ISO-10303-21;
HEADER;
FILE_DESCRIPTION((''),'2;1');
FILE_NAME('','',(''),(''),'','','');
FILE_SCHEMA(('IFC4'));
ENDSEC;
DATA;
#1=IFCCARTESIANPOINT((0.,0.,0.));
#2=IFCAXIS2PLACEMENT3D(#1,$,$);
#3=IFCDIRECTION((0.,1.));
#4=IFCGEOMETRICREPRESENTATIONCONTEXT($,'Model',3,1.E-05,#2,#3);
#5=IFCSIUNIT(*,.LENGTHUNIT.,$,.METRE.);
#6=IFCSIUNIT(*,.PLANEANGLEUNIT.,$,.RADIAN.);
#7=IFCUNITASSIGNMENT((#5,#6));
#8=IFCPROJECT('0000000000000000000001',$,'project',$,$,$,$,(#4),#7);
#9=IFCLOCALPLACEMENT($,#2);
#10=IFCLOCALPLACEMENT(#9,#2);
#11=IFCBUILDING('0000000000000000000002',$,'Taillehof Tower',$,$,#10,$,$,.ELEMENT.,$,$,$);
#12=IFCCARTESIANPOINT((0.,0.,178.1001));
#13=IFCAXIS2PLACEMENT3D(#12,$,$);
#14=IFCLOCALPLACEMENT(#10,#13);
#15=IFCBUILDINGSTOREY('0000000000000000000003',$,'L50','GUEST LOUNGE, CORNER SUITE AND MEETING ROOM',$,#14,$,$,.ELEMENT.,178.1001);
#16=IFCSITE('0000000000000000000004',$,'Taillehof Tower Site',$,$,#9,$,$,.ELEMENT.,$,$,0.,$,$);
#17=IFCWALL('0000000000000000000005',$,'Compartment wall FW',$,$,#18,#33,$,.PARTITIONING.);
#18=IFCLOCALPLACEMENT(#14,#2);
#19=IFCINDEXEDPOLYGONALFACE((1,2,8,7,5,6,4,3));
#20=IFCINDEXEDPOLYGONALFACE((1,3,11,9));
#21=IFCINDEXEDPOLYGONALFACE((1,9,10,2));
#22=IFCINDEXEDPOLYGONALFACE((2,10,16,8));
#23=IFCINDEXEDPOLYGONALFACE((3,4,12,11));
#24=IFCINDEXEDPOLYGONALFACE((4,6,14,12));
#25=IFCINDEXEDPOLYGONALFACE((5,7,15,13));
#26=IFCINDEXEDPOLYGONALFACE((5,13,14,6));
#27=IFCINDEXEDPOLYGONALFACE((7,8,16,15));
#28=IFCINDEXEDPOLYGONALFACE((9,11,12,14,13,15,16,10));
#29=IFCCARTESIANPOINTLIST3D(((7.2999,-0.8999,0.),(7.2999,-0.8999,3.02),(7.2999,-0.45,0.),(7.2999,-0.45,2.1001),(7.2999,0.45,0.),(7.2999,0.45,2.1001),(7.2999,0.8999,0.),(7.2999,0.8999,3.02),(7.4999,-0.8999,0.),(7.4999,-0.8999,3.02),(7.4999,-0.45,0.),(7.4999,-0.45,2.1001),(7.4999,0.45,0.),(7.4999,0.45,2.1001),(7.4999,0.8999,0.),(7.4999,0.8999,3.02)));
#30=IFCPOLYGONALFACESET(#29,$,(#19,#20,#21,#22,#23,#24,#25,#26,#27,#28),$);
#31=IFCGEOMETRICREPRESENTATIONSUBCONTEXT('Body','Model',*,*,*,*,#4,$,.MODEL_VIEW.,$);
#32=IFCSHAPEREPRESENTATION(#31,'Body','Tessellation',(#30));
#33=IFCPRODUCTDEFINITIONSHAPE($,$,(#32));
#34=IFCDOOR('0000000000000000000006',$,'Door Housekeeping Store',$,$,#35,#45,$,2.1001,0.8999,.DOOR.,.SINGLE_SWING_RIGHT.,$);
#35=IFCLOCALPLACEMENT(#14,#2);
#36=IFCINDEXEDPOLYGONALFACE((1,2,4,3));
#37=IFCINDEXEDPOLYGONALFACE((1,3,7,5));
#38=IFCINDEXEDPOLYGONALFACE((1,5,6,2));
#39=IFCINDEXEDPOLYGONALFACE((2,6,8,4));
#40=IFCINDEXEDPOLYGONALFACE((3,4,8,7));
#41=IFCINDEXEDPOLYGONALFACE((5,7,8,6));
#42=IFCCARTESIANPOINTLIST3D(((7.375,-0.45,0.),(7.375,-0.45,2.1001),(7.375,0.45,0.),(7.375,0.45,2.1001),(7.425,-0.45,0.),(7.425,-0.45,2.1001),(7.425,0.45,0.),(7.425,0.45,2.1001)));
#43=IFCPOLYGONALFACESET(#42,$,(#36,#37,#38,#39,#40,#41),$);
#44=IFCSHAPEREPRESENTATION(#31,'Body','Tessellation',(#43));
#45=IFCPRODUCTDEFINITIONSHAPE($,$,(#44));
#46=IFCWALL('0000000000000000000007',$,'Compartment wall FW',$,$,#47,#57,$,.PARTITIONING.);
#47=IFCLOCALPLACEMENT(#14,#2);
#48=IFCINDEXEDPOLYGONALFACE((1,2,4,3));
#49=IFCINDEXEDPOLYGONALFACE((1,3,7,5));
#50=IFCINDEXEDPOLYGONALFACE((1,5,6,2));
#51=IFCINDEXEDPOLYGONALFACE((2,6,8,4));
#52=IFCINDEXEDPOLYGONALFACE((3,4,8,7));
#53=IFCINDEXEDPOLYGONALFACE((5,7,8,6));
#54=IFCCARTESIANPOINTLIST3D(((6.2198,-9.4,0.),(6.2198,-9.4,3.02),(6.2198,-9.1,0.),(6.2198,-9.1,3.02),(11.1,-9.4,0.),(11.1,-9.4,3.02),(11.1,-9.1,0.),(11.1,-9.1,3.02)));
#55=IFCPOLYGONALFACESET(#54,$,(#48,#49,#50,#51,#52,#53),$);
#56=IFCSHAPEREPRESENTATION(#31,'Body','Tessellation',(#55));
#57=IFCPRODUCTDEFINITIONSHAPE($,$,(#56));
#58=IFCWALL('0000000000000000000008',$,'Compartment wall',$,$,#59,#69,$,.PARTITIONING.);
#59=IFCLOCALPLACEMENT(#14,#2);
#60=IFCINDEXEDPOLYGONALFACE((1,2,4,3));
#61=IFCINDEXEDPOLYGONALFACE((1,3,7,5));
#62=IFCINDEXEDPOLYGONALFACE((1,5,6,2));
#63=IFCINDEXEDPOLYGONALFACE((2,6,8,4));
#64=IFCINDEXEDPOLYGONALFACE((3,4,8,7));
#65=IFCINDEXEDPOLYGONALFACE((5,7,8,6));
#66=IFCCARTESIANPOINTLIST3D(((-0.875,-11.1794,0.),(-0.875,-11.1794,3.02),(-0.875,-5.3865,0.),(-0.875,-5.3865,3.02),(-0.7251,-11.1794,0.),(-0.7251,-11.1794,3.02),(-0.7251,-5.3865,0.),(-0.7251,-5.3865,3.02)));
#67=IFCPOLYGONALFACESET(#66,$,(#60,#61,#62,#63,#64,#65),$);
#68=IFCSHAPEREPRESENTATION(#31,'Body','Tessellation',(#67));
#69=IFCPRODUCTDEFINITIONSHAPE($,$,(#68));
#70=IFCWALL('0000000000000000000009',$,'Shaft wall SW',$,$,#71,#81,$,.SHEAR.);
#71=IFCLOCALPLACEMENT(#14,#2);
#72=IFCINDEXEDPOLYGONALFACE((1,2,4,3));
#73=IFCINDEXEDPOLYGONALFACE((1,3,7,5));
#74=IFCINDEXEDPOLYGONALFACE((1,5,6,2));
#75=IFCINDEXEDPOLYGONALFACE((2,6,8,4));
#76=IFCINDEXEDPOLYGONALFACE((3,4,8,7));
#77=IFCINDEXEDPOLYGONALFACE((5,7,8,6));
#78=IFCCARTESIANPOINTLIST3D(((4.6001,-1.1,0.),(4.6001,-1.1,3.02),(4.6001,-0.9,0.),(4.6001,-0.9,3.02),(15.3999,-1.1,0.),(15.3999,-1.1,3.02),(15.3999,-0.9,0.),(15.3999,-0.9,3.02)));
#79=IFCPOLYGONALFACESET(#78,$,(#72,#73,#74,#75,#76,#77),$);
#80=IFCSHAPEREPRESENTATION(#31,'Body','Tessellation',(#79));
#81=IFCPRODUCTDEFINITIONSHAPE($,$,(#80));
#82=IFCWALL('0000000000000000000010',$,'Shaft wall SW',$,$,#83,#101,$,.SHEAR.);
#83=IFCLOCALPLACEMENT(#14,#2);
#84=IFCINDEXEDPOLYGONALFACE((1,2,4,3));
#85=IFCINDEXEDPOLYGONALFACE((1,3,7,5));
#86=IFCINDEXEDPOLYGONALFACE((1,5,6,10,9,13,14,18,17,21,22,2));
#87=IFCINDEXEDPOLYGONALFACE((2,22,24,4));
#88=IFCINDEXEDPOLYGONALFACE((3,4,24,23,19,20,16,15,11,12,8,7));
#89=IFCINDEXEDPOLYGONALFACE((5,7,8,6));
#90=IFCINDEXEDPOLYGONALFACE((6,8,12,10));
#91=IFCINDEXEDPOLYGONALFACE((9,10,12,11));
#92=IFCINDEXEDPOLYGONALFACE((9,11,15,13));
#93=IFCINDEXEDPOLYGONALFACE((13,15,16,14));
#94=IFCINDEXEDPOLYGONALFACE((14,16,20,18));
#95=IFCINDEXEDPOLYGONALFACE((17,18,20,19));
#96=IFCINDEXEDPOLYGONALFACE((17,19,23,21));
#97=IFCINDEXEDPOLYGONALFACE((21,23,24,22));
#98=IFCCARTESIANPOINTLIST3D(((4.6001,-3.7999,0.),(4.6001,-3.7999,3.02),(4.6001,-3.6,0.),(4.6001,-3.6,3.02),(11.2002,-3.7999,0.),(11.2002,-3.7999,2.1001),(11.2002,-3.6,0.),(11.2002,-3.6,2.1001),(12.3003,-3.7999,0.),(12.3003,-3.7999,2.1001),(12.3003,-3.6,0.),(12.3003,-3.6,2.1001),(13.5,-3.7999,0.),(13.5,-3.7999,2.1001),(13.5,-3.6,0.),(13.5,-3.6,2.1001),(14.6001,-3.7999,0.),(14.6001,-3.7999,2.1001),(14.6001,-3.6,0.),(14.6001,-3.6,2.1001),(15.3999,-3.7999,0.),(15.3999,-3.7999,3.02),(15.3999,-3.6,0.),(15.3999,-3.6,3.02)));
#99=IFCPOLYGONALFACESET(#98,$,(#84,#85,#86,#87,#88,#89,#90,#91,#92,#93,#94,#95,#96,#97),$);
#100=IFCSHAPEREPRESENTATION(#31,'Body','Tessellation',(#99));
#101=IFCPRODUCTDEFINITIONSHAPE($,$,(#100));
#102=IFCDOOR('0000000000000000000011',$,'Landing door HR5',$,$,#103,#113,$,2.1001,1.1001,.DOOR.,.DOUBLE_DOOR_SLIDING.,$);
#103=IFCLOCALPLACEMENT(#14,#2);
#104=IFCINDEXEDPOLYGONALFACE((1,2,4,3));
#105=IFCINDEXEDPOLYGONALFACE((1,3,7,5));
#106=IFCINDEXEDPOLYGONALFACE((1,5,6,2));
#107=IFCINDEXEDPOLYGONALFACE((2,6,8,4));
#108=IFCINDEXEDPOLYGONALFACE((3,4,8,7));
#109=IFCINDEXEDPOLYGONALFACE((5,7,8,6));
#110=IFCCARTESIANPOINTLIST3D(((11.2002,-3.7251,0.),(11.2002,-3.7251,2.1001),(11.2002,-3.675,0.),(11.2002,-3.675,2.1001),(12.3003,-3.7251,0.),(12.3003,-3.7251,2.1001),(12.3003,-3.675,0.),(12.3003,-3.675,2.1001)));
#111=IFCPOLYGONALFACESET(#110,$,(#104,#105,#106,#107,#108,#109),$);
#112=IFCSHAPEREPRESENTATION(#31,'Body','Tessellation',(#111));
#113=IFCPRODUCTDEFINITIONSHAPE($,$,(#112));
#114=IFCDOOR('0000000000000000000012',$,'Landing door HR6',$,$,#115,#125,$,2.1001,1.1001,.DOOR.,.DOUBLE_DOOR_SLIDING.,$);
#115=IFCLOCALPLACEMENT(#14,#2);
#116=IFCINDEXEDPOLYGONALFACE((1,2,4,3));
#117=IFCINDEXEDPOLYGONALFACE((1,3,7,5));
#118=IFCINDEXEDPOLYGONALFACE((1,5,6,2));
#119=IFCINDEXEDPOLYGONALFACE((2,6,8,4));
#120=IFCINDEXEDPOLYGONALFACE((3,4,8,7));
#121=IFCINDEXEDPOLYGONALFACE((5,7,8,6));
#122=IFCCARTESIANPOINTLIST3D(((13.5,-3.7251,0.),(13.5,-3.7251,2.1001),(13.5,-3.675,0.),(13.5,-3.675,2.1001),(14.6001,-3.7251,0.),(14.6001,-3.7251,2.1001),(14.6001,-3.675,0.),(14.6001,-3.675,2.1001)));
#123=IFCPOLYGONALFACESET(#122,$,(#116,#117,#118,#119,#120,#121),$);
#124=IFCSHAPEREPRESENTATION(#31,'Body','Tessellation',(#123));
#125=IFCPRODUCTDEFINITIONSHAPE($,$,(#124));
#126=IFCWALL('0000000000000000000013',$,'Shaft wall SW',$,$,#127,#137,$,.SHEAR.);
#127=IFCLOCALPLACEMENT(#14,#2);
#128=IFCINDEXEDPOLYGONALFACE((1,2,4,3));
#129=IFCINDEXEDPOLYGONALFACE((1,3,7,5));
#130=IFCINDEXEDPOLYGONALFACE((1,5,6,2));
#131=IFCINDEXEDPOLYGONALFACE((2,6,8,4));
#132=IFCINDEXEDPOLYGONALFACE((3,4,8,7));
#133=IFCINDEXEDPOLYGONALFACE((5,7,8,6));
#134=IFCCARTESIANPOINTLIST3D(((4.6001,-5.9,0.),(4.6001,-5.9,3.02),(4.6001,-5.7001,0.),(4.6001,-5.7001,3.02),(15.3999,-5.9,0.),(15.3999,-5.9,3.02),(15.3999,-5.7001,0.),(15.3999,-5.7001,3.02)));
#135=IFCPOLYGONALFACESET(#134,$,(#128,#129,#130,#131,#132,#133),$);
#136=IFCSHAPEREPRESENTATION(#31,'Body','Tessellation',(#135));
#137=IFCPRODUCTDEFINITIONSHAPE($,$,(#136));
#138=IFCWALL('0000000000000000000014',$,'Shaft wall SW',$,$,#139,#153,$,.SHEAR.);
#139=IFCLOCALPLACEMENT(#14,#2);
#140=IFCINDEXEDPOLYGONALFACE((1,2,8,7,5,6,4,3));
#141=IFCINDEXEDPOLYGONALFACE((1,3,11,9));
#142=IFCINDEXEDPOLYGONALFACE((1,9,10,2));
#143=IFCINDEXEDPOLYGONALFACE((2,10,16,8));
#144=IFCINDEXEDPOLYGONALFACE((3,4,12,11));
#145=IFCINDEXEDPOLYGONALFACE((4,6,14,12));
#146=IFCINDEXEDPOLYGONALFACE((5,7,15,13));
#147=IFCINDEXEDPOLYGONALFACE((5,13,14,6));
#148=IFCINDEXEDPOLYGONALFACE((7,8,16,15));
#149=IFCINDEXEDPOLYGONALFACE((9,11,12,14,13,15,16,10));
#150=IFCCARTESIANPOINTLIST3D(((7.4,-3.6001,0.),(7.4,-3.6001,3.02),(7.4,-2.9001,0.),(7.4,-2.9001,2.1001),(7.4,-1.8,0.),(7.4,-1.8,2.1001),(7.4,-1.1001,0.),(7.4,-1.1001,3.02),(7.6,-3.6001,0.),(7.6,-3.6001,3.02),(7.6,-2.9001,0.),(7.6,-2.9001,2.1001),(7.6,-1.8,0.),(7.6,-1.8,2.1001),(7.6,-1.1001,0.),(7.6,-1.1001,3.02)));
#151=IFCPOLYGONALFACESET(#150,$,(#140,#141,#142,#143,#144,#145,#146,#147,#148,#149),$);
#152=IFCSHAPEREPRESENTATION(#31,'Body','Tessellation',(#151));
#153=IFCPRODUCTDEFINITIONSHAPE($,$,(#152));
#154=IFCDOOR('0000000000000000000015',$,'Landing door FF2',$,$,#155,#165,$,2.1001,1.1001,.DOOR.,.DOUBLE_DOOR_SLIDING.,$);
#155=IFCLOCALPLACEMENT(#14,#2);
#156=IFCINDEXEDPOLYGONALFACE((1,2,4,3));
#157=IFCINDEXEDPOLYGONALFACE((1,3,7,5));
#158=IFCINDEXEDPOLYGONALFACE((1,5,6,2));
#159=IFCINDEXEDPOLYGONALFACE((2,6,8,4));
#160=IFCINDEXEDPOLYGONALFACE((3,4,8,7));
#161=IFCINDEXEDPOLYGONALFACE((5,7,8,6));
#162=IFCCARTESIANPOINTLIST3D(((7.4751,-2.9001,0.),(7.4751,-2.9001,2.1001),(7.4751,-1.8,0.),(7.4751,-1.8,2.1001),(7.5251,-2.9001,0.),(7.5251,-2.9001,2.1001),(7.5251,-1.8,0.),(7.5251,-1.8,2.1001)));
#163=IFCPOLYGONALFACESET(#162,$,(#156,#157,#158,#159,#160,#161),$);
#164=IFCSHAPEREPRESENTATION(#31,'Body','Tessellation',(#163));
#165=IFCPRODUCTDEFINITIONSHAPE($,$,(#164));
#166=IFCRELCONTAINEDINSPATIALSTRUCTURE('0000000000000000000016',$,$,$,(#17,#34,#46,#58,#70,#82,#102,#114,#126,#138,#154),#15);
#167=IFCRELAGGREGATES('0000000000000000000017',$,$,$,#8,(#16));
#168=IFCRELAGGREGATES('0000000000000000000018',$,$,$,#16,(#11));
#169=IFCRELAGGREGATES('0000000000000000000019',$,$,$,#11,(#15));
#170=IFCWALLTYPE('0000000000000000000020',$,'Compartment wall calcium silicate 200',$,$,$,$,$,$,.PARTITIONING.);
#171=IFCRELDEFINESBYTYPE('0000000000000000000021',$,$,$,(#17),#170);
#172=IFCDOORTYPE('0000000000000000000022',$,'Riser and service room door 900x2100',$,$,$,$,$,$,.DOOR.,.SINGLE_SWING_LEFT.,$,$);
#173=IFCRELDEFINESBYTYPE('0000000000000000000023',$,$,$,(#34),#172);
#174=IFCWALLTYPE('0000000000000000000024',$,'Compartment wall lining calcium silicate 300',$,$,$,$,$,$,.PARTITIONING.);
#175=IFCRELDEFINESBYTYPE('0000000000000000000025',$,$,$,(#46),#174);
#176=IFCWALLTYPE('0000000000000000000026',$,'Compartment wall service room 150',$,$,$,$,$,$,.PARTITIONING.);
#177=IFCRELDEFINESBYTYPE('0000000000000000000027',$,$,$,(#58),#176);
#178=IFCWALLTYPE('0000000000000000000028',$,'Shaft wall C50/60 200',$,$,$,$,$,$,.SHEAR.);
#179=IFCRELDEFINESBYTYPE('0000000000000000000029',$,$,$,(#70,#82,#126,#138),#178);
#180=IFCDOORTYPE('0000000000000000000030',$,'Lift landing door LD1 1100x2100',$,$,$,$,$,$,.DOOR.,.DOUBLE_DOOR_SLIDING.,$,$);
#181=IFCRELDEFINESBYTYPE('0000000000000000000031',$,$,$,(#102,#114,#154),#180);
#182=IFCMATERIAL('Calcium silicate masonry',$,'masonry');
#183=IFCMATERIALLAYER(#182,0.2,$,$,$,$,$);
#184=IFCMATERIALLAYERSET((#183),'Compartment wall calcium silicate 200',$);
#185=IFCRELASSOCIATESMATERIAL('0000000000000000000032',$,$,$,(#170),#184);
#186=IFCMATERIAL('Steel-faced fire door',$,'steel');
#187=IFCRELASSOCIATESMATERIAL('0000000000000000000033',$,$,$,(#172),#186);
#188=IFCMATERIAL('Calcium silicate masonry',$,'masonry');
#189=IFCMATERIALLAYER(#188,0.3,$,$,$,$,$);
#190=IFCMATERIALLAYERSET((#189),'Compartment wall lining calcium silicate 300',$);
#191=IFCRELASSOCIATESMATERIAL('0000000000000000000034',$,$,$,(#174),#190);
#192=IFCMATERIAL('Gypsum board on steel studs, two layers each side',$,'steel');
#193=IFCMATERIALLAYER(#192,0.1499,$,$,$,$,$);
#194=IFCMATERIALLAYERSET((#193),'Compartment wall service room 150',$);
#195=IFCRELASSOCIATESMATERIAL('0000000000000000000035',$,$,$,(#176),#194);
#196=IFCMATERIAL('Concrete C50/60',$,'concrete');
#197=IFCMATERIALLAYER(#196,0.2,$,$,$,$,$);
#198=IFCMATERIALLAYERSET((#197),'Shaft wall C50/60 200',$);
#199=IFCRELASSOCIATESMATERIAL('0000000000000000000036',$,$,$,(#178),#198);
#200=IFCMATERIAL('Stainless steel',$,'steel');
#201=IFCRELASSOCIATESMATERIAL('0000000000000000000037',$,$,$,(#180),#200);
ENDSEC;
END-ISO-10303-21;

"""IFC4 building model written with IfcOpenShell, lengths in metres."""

from ifc_helpers import new_model, si_unit, direction, frame, frame_2d, origin, place, context, subcontext, project, spatial, rectangle, extrude, material, layer, layer_set, type_object, element, fill, save


model = new_model("IFC4")

# Units and contexts
model_context = context("Model", 3, precision=1e-05, world=origin(), true_north=direction((0.0, 1.0)))
body_context = subcontext(model_context, "Body", "Model", "MODEL_VIEW")
ifc_project = project(units=[si_unit("LENGTHUNIT", "METRE"), si_unit("PLANEANGLEUNIT", "RADIAN")], contexts=[model_context])

# Site, building, storey
site_placement = place(None, origin())
site = spatial("IfcSite", under=ifc_project, at=site_placement, Name="Taillehof Tower Site", CompositionType="ELEMENT", RefElevation=0.0)
building_placement = place(site_placement, origin())
building = spatial("IfcBuilding", under=site, at=building_placement, Name="Taillehof Tower", CompositionType="ELEMENT")
storey_placement = place(building_placement, frame((0.0, 0.0, 178.1001)))
storey = spatial("IfcBuildingStorey", under=building, at=storey_placement, Name="L50", Description="GUEST LOUNGE, CORNER SUITE AND MEETING ROOM", CompositionType="ELEMENT", Elevation=178.1001)

# Wall, opening, door
ifc_material_1 = material(Name="Calcium silicate masonry", Category="masonry")
ifc_layer_1 = layer(ifc_material_1, 0.2)
ifc_layer_set_1 = layer_set([ifc_layer_1], Name="Compartment wall calcium silicate 200")
wall_type_1 = type_object("IfcWallType", Name="Compartment wall calcium silicate 200", PredefinedType="PARTITIONING", material=ifc_layer_set_1)
wall_1_placement = place(storey_placement, frame((7.3999, -0.8999, 0.0), z_axis=(0.0, 0.0, 1.0), x_axis=(0.0, 1.0, 0.0)))
wall_1 = element("IfcWall", 1, at=wall_1_placement, inside=storey, type_object=wall_type_1, Name="Compartment wall FW", PredefinedType="PARTITIONING", context=body_context, shape_type="SweptSolid", body=[
    extrude(rectangle(XDim=1.7998, YDim=0.2, at=frame_2d((0.8999, 0.0))), origin(), (0.0, 0.0, 1.0), 3.02),
])
opening_1_placement = place(wall_1_placement, frame((0.45, 0.0, 0.0)))
opening_1 = element("IfcOpeningElement", 2, at=opening_1_placement, cuts=wall_1, PredefinedType="OPENING", context=body_context, shape_type="SweptSolid", body=[
    extrude(rectangle(XDim=0.8999, YDim=2.1001, at=frame_2d((0.45, 1.05))), frame((0.0, 0.1099, 0.0), z_axis=(0.0, -1.0, 0.0), x_axis=(1.0, 0.0, 0.0)), (0.0, 0.0, 1.0), 0.22),
])
ifc_material_2 = material(Name="Steel-faced fire door", Category="steel")
door_type_1 = type_object("IfcDoorType", Name="Riser and service room door 900x2100", OperationType="SINGLE_SWING_LEFT", PredefinedType="DOOR", material=ifc_material_2)
door_1_placement = place(opening_1_placement, origin())
door_1 = element("IfcDoor", 3, at=door_1_placement, inside=storey, type_object=door_type_1, Name="Door Housekeeping Store", OperationType="SINGLE_SWING_RIGHT", OverallHeight=2.1001, OverallWidth=0.8999, PredefinedType="DOOR", context=body_context, shape_type="SweptSolid", body=[
    extrude(rectangle(XDim=0.8999, YDim=2.1001, at=frame_2d((0.45, 1.05))), frame((0.0, 0.0249, 0.0), z_axis=(0.0, -1.0, 0.0), x_axis=(1.0, 0.0, 0.0)), (0.0, 0.0, 1.0), 0.05),
])
fill(opening_1, door_1)

# Walls
ifc_material_3 = material(Name="Calcium silicate masonry", Category="masonry")
ifc_layer_2 = layer(ifc_material_3, 0.3)
ifc_layer_set_2 = layer_set([ifc_layer_2], Name="Compartment wall lining calcium silicate 300")
wall_type_2 = type_object("IfcWallType", Name="Compartment wall lining calcium silicate 300", PredefinedType="PARTITIONING", material=ifc_layer_set_2)
wall_2_placement = place(storey_placement, frame((6.22, -9.25, 0.0), z_axis=(0.0, 0.0, 1.0), x_axis=(1.0, 0.0, 0.0)))
element("IfcWall", 4, at=wall_2_placement, inside=storey, type_object=wall_type_2, Name="Compartment wall FW", PredefinedType="PARTITIONING", context=body_context, shape_type="SweptSolid", body=[
    extrude(rectangle(XDim=4.8801, YDim=0.3, at=frame_2d((2.4399, 0.0))), origin(), (0.0, 0.0, 1.0), 3.02),
])
ifc_material_4 = material(Name="Gypsum board on steel studs, two layers each side", Category="steel")
ifc_layer_3 = layer(ifc_material_4, 0.1499)
ifc_layer_set_3 = layer_set([ifc_layer_3], Name="Compartment wall service room 150")
wall_type_3 = type_object("IfcWallType", Name="Compartment wall service room 150", PredefinedType="PARTITIONING", material=ifc_layer_set_3)
wall_3_placement = place(storey_placement, frame((-0.8, -5.3865, 0.0), z_axis=(0.0, 0.0, 1.0), x_axis=(0.0, -1.0, 0.0)))
element("IfcWall", 5, at=wall_3_placement, inside=storey, type_object=wall_type_3, Name="Compartment wall", PredefinedType="PARTITIONING", context=body_context, shape_type="SweptSolid", body=[
    extrude(rectangle(XDim=5.793, YDim=0.1499, at=frame_2d((2.8965, 0.0))), origin(), (0.0, 0.0, 1.0), 3.02),
])
ifc_material_5 = material(Name="Concrete C50/60", Category="concrete")
ifc_layer_4 = layer(ifc_material_5, 0.2)
ifc_layer_set_4 = layer_set([ifc_layer_4], Name="Shaft wall C50/60 200")
wall_type_4 = type_object("IfcWallType", Name="Shaft wall C50/60 200", PredefinedType="SHEAR", material=ifc_layer_set_4)
wall_4_placement = place(storey_placement, frame((4.6001, -1.0, 0.0), z_axis=(0.0, 0.0, 1.0), x_axis=(1.0, 0.0, 0.0)))
element("IfcWall", 6, at=wall_4_placement, inside=storey, type_object=wall_type_4, Name="Shaft wall SW", PredefinedType="SHEAR", context=body_context, shape_type="SweptSolid", body=[
    extrude(rectangle(XDim=10.7998, YDim=0.2, at=frame_2d((5.3999, 0.0))), origin(), (0.0, 0.0, 1.0), 3.02),
])

# Wall, openings, doors
wall_5_placement = place(storey_placement, frame((4.6001, -3.7, 0.0), z_axis=(0.0, 0.0, 1.0), x_axis=(1.0, 0.0, 0.0)))
wall_5 = element("IfcWall", 7, at=wall_5_placement, inside=storey, type_object=wall_type_4, Name="Shaft wall SW", PredefinedType="SHEAR", context=body_context, shape_type="SweptSolid", body=[
    extrude(rectangle(XDim=10.7998, YDim=0.2, at=frame_2d((5.3999, 0.0))), origin(), (0.0, 0.0, 1.0), 3.02),
])
opening_2_placement = place(wall_5_placement, frame((6.6001, 0.0, 0.0)))
opening_2 = element("IfcOpeningElement", 8, at=opening_2_placement, cuts=wall_5, PredefinedType="OPENING", context=body_context, shape_type="SweptSolid", body=[
    extrude(rectangle(XDim=1.1001, YDim=2.1001, at=frame_2d((0.55, 1.05))), frame((0.0, 0.1099, 0.0), z_axis=(0.0, -1.0, 0.0), x_axis=(1.0, 0.0, 0.0)), (0.0, 0.0, 1.0), 0.22),
])
opening_3_placement = place(wall_5_placement, frame((8.8999, 0.0, 0.0)))
opening_3 = element("IfcOpeningElement", 9, at=opening_3_placement, cuts=wall_5, PredefinedType="OPENING", context=body_context, shape_type="SweptSolid", body=[
    extrude(rectangle(XDim=1.1001, YDim=2.1001, at=frame_2d((0.55, 1.05))), frame((0.0, 0.1099, 0.0), z_axis=(0.0, -1.0, 0.0), x_axis=(1.0, 0.0, 0.0)), (0.0, 0.0, 1.0), 0.22),
])
ifc_material_6 = material(Name="Stainless steel", Category="steel")
door_type_2 = type_object("IfcDoorType", Name="Lift landing door LD1 1100x2100", OperationType="DOUBLE_DOOR_SLIDING", PredefinedType="DOOR", material=ifc_material_6)
door_2_placement = place(opening_2_placement, origin())
door_2 = element("IfcDoor", 10, at=door_2_placement, inside=storey, type_object=door_type_2, Name="Landing door HR5", OperationType="DOUBLE_DOOR_SLIDING", OverallHeight=2.1001, OverallWidth=1.1001, PredefinedType="DOOR", context=body_context, shape_type="SweptSolid", body=[
    extrude(rectangle(XDim=1.1001, YDim=2.1001, at=frame_2d((0.55, 1.05))), frame((0.0, 0.0249, 0.0), z_axis=(0.0, -1.0, 0.0), x_axis=(1.0, 0.0, 0.0)), (0.0, 0.0, 1.0), 0.05),
])
fill(opening_2, door_2)
door_3_placement = place(opening_3_placement, origin())
door_3 = element("IfcDoor", 11, at=door_3_placement, inside=storey, type_object=door_type_2, Name="Landing door HR6", OperationType="DOUBLE_DOOR_SLIDING", OverallHeight=2.1001, OverallWidth=1.1001, PredefinedType="DOOR", context=body_context, shape_type="SweptSolid", body=[
    extrude(rectangle(XDim=1.1001, YDim=2.1001, at=frame_2d((0.55, 1.05))), frame((0.0, 0.0249, 0.0), z_axis=(0.0, -1.0, 0.0), x_axis=(1.0, 0.0, 0.0)), (0.0, 0.0, 1.0), 0.05),
])
fill(opening_3, door_3)

# Wall
wall_6_placement = place(storey_placement, frame((4.6001, -5.8, 0.0), z_axis=(0.0, 0.0, 1.0), x_axis=(1.0, 0.0, 0.0)))
element("IfcWall", 12, at=wall_6_placement, inside=storey, type_object=wall_type_4, Name="Shaft wall SW", PredefinedType="SHEAR", context=body_context, shape_type="SweptSolid", body=[
    extrude(rectangle(XDim=10.7998, YDim=0.2, at=frame_2d((5.3999, 0.0))), origin(), (0.0, 0.0, 1.0), 3.02),
])

# Wall, opening, door
wall_7_placement = place(storey_placement, frame((7.5, -3.6001, 0.0), z_axis=(0.0, 0.0, 1.0), x_axis=(0.0, 1.0, 0.0)))
wall_7 = element("IfcWall", 13, at=wall_7_placement, inside=storey, type_object=wall_type_4, Name="Shaft wall SW", PredefinedType="SHEAR", context=body_context, shape_type="SweptSolid", body=[
    extrude(rectangle(XDim=2.5, YDim=0.2, at=frame_2d((1.25, 0.0))), origin(), (0.0, 0.0, 1.0), 3.02),
])
opening_4_placement = place(wall_7_placement, frame((0.7, 0.0, 0.0)))
opening_4 = element("IfcOpeningElement", 14, at=opening_4_placement, cuts=wall_7, PredefinedType="OPENING", context=body_context, shape_type="SweptSolid", body=[
    extrude(rectangle(XDim=1.1001, YDim=2.1001, at=frame_2d((0.55, 1.05))), frame((0.0, 0.1099, 0.0), z_axis=(0.0, -1.0, 0.0), x_axis=(1.0, 0.0, 0.0)), (0.0, 0.0, 1.0), 0.22),
])
door_4_placement = place(opening_4_placement, origin())
door_4 = element("IfcDoor", 15, at=door_4_placement, inside=storey, type_object=door_type_2, Name="Landing door FF2", OperationType="DOUBLE_DOOR_SLIDING", OverallHeight=2.1001, OverallWidth=1.1001, PredefinedType="DOOR", context=body_context, shape_type="SweptSolid", body=[
    extrude(rectangle(XDim=1.1001, YDim=2.1001, at=frame_2d((0.55, 1.05))), frame((0.0, 0.0249, 0.0), z_axis=(0.0, -1.0, 0.0), x_axis=(1.0, 0.0, 0.0)), (0.0, 0.0, 1.0), 0.05),
])
fill(opening_4, door_4)

save(model, "model.ifc")
